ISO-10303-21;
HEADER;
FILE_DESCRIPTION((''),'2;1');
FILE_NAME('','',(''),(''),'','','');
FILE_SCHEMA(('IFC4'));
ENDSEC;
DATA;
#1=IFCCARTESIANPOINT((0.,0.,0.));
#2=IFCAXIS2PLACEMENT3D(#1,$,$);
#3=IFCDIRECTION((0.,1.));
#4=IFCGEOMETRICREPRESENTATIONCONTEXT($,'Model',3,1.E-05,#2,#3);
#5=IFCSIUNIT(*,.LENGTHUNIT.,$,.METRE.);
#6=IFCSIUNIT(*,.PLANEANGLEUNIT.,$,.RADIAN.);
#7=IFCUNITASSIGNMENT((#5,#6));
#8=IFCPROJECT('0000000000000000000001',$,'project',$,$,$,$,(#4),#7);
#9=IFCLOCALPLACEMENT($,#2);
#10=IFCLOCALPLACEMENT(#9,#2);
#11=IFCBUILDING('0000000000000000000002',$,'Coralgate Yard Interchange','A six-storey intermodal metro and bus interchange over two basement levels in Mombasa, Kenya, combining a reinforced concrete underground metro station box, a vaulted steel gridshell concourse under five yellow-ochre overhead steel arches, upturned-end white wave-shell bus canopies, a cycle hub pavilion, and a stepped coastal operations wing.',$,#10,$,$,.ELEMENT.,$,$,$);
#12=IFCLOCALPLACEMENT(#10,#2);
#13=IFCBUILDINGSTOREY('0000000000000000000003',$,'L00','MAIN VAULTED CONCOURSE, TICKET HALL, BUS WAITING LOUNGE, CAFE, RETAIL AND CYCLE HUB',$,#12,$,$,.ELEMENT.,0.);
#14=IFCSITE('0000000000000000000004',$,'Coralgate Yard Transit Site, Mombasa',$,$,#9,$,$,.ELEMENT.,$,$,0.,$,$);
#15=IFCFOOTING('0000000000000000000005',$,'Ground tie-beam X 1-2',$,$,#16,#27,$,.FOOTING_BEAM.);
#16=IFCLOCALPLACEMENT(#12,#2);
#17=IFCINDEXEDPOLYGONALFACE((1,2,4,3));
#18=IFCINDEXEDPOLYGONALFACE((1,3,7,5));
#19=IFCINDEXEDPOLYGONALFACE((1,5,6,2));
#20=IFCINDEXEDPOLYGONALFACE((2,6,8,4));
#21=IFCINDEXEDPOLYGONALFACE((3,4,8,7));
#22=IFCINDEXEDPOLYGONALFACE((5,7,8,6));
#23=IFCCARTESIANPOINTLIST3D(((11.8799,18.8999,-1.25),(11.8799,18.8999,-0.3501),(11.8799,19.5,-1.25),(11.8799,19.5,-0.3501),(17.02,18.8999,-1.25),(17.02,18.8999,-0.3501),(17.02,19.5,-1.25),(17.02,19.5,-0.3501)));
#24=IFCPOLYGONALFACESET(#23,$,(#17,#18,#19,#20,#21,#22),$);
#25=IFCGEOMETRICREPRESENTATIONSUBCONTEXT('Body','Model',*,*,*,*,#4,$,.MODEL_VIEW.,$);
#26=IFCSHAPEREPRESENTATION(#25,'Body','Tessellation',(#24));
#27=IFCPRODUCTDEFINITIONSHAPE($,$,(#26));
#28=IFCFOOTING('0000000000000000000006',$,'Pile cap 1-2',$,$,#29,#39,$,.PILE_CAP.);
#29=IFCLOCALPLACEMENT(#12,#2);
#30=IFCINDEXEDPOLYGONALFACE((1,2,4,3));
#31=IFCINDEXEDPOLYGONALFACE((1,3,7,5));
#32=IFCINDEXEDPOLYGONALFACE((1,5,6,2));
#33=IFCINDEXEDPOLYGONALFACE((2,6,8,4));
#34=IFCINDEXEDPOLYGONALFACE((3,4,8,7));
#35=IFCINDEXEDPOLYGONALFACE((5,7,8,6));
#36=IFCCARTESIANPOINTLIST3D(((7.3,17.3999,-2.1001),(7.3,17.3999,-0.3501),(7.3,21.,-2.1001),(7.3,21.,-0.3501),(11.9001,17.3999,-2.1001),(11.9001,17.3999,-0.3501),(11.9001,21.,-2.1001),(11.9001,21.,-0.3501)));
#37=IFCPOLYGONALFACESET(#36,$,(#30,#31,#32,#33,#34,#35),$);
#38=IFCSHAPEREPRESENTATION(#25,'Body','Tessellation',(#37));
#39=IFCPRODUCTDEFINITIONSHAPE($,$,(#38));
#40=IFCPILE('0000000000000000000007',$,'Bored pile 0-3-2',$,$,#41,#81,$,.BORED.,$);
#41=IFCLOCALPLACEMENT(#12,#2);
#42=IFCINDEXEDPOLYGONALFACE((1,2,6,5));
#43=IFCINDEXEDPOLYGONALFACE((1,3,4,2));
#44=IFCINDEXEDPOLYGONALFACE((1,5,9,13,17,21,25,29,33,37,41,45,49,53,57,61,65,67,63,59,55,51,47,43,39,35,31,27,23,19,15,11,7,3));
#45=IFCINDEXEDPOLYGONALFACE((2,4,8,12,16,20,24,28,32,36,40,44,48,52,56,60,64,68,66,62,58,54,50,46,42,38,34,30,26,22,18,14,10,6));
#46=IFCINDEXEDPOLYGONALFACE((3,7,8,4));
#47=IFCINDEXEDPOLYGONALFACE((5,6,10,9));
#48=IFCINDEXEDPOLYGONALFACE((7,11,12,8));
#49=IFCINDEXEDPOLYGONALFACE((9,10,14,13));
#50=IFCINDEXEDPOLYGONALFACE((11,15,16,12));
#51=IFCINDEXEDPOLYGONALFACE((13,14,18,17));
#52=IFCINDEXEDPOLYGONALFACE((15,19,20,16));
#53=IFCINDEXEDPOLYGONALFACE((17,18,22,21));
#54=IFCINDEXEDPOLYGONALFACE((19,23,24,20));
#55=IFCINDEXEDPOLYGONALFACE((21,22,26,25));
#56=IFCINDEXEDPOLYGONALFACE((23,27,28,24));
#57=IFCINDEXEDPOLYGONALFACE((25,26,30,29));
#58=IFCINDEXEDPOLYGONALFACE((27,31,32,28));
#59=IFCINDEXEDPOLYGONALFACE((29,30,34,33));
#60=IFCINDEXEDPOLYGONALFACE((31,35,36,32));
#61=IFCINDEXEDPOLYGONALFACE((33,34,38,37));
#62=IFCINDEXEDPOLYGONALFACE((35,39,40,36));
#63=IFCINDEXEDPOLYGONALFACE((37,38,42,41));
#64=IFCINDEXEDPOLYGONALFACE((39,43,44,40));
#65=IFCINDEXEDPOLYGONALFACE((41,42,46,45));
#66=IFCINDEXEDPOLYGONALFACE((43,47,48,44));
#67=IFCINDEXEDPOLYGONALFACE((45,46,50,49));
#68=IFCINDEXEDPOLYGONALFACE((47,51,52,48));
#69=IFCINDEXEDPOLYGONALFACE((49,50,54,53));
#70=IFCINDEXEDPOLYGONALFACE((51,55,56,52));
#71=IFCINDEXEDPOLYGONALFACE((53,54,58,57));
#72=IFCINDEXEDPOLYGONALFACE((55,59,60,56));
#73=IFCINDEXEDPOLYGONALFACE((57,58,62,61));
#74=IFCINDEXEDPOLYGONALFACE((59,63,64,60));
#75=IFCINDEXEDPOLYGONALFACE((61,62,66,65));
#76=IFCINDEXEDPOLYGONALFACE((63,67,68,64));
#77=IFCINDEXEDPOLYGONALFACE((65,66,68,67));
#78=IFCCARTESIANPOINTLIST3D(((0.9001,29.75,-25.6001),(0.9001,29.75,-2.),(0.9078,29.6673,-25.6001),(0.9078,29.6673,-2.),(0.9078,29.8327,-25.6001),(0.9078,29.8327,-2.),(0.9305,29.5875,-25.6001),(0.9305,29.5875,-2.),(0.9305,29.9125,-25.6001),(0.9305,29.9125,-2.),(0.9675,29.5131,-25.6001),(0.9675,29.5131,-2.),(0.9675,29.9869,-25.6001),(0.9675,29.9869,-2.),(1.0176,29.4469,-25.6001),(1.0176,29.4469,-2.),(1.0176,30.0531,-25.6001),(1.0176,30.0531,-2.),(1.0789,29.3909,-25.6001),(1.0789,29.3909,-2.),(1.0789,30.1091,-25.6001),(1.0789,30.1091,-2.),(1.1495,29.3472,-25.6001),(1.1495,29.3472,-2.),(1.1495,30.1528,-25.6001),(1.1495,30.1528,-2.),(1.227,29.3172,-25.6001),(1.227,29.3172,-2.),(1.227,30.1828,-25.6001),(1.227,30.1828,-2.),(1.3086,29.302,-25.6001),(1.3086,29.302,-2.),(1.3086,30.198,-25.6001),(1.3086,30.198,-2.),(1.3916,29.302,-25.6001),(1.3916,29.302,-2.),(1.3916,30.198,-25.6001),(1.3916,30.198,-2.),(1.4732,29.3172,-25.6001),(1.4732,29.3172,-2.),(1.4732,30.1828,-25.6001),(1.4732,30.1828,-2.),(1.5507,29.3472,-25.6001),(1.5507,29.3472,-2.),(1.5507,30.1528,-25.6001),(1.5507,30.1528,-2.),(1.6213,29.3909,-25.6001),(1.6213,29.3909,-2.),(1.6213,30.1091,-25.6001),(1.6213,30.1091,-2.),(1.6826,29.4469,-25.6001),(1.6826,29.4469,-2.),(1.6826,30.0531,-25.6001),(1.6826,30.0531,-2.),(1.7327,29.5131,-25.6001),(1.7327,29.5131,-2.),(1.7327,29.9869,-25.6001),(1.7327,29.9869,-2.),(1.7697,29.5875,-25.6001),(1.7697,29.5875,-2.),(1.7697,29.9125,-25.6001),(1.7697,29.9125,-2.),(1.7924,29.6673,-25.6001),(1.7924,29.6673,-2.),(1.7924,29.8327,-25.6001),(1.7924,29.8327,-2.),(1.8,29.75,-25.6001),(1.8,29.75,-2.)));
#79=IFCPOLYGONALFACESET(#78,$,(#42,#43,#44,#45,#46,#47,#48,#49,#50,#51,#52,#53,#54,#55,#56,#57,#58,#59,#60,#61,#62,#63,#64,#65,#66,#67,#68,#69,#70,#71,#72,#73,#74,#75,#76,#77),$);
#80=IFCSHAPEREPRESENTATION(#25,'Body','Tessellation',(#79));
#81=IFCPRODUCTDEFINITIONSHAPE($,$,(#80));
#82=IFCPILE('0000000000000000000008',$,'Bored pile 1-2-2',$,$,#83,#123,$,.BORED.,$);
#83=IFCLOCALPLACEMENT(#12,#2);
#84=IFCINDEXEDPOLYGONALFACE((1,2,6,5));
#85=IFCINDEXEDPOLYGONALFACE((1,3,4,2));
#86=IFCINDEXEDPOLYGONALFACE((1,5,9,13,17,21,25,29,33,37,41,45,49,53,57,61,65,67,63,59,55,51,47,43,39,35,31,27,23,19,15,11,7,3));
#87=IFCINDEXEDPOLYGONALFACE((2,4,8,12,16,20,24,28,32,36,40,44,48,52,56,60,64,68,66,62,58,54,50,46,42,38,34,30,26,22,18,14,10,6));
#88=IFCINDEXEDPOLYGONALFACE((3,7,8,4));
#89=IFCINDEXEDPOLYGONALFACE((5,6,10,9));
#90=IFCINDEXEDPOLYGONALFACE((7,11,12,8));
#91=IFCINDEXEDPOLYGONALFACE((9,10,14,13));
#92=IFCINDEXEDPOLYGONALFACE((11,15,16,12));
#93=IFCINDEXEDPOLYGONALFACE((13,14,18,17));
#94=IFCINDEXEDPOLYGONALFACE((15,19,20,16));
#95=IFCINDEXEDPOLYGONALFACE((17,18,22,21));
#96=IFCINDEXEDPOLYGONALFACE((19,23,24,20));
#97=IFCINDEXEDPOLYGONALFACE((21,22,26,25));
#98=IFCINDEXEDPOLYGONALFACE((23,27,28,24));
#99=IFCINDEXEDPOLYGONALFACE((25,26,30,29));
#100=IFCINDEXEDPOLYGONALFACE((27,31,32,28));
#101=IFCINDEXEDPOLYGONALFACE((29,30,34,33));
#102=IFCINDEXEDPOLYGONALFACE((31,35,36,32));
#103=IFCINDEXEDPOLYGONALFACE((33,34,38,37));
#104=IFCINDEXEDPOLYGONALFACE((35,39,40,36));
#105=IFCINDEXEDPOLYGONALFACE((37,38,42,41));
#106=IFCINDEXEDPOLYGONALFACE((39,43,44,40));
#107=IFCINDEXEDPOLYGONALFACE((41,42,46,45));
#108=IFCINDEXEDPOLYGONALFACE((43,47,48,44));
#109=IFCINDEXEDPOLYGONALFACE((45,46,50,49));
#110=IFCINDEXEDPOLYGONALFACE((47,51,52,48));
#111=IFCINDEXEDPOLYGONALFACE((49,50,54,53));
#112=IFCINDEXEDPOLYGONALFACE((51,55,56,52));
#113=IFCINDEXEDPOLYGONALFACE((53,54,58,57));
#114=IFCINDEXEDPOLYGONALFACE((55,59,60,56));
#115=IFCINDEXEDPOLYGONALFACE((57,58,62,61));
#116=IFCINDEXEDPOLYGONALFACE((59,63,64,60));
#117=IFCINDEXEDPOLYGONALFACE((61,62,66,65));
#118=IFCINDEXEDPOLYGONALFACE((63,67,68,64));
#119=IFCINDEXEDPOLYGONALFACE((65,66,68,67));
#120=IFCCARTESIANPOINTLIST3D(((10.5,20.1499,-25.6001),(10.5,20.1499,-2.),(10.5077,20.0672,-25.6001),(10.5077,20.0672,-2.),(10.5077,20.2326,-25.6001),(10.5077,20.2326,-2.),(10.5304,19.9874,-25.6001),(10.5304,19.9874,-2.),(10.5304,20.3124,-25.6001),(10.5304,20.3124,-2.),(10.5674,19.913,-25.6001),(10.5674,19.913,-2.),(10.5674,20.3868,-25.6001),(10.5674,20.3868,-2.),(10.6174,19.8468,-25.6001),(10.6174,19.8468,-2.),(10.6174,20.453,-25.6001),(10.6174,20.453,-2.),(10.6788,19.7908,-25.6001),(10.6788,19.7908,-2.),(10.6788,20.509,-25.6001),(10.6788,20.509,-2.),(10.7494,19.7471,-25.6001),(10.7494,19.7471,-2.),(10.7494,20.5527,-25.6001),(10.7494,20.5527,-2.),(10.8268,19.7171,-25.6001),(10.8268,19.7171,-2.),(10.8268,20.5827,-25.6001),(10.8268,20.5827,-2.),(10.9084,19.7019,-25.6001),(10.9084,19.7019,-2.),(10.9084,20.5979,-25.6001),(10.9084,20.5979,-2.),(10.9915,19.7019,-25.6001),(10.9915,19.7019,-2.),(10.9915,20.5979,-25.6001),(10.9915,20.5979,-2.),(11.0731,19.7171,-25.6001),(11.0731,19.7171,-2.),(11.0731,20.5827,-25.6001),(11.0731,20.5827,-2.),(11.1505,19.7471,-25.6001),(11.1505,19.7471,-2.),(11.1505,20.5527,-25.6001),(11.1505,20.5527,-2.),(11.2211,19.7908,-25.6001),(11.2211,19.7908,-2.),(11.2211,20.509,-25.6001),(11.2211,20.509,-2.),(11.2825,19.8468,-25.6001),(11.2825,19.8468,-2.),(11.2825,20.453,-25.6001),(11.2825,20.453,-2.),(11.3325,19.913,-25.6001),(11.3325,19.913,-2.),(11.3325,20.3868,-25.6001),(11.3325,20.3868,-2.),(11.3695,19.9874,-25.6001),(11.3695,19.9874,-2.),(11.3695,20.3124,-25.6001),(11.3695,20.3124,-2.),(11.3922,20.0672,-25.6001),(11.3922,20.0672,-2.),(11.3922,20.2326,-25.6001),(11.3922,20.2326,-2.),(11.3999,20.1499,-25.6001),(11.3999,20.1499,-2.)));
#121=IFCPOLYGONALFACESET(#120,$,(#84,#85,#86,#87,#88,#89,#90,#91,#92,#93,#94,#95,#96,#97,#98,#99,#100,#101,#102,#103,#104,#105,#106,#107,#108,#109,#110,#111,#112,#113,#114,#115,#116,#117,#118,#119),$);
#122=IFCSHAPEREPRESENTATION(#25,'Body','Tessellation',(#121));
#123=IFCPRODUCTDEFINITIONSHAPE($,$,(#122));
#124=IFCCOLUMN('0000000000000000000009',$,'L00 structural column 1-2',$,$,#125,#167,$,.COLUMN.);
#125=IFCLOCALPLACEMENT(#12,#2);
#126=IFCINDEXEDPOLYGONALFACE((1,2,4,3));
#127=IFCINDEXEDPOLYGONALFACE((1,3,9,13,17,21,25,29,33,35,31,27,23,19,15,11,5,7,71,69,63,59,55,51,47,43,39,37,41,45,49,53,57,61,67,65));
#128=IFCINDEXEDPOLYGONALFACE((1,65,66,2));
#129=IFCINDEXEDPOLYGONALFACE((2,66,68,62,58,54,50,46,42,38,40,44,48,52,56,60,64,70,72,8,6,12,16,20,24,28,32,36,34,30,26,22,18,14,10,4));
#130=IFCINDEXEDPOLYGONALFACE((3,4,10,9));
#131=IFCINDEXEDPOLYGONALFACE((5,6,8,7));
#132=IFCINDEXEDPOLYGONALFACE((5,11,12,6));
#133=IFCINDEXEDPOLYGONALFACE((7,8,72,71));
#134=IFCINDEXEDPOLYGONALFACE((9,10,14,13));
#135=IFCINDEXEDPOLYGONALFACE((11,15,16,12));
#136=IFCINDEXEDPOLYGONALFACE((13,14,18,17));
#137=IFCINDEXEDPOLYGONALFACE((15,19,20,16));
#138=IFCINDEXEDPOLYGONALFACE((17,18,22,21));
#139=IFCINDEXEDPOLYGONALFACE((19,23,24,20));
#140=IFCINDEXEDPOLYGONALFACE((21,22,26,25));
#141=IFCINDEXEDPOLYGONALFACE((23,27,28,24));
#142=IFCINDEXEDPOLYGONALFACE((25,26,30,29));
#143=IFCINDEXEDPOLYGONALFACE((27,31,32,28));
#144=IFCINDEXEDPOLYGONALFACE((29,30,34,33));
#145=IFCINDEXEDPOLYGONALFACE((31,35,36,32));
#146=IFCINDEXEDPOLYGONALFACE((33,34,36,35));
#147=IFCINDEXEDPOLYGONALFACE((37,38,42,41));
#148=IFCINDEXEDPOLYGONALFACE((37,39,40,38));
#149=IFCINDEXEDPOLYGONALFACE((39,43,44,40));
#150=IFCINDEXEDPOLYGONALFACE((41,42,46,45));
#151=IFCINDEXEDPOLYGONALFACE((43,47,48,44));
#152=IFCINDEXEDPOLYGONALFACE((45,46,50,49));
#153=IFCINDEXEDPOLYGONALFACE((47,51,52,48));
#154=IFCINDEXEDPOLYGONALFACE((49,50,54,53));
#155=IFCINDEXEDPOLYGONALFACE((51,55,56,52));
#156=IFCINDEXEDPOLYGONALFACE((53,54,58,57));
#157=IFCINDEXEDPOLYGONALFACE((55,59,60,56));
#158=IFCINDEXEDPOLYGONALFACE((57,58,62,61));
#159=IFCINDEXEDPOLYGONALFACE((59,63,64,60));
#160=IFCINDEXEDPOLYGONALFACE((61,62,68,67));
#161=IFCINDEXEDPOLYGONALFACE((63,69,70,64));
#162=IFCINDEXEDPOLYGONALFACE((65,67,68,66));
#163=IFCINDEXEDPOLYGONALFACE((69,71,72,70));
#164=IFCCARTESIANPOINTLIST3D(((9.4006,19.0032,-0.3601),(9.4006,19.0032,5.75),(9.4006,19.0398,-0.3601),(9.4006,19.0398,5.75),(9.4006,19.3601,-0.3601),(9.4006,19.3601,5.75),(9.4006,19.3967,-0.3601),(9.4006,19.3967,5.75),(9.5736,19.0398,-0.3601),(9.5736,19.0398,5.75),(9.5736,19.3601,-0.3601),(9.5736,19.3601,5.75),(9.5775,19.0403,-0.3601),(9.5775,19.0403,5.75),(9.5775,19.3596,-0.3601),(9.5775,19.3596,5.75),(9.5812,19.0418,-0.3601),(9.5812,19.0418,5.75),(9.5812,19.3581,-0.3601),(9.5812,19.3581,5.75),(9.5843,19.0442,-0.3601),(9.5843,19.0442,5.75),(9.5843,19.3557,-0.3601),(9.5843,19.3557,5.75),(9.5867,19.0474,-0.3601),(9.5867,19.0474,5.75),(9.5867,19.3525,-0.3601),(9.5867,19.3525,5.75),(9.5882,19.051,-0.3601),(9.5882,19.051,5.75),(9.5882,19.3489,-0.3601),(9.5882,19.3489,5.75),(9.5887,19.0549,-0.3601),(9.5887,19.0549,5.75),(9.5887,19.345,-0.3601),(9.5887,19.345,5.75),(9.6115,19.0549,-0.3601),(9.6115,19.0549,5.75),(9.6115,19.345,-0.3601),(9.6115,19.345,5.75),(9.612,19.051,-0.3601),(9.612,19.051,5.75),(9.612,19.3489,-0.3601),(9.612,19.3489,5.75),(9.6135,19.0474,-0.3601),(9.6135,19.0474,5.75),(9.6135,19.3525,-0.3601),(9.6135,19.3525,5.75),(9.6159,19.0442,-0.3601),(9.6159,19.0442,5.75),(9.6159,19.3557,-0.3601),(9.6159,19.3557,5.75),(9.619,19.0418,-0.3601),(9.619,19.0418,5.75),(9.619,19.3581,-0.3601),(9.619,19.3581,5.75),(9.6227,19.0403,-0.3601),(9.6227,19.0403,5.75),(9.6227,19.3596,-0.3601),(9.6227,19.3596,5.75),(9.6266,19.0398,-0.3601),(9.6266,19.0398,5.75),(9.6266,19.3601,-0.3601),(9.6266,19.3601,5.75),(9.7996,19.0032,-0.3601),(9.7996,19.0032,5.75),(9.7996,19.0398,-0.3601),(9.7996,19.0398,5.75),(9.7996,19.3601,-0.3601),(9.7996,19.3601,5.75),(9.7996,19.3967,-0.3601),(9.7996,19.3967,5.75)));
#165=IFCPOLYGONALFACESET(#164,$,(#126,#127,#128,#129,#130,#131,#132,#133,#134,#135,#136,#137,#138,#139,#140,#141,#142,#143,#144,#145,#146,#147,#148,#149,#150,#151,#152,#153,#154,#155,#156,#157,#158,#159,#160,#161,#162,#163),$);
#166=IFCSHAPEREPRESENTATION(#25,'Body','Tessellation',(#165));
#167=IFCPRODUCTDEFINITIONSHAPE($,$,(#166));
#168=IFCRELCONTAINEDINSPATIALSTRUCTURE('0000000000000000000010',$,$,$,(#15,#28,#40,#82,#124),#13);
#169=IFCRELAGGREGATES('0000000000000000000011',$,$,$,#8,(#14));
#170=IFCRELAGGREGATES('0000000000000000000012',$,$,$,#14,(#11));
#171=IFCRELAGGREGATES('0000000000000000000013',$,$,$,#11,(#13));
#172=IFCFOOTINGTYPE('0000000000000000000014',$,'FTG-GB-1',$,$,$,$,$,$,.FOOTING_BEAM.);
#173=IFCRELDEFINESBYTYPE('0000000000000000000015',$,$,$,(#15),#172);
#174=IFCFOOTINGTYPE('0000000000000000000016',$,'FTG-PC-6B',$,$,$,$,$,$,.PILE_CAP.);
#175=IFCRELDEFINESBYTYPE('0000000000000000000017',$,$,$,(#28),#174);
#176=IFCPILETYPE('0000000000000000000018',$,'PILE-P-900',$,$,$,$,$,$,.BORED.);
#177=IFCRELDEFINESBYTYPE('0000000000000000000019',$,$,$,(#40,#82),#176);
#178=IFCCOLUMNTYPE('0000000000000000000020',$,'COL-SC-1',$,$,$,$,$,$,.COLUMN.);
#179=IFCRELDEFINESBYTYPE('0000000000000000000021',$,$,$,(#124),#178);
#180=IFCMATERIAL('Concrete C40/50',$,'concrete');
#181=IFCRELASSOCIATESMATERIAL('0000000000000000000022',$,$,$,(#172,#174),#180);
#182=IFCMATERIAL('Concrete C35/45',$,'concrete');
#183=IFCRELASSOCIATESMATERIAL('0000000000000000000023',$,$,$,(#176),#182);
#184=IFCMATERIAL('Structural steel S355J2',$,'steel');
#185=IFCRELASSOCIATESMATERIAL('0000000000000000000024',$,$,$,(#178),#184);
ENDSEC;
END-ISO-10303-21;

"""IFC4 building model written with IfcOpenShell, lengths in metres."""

from ifc_helpers import new_model, si_unit, direction, frame, origin, origin_2d, place, context, subcontext, project, spatial, rectangle, circle, i_section, extrude, material, material_profile, profile_set, type_object, element, save


model = new_model("IFC4")

# Units and contexts
model_context = context("Model", 3, precision=1e-05, world=origin(), true_north=direction((0.0, 1.0)))
body_context = subcontext(model_context, "Body", "Model", "MODEL_VIEW")
ifc_project = project(units=[si_unit("LENGTHUNIT", "METRE"), si_unit("PLANEANGLEUNIT", "RADIAN")], contexts=[model_context])

# Site, building, storey
site_placement = place(None, origin())
site = spatial("IfcSite", under=ifc_project, at=site_placement, Name="Coralgate Yard Transit Site, Mombasa", CompositionType="ELEMENT", RefElevation=0.0)
building_placement = place(site_placement, origin())
building = spatial("IfcBuilding", under=site, at=building_placement, Name="Coralgate Yard Interchange", Description="A six-storey intermodal metro and bus interchange over two basement levels in Mombasa, Kenya, combining a reinforced concrete underground metro station box, a vaulted steel gridshell concourse under five yellow-ochre overhead steel arches, upturned-end white wave-shell bus canopies, a cycle hub pavilion, and a stepped coastal operations wing.", CompositionType="ELEMENT")
storey_placement = place(building_placement, origin())
storey = spatial("IfcBuildingStorey", under=building, at=storey_placement, Name="L00", Description="MAIN VAULTED CONCOURSE, TICKET HALL, BUS WAITING LOUNGE, CAFE, RETAIL AND CYCLE HUB", CompositionType="ELEMENT", Elevation=0.0)

# Footings
ifc_material_1 = material(Name="Concrete C40/50", Category="concrete")
ifc_material_profile_1 = material_profile(ifc_material_1, rectangle(XDim=0.6001, YDim=0.8999, at=origin_2d()), Name="RC 600x900")
ifc_profile_set_1 = profile_set([ifc_material_profile_1], Name="Concrete C40/50")
footing_type_1 = type_object("IfcFootingType", Name="FTG-GB-1", PredefinedType="FOOTING_BEAM", material=ifc_profile_set_1)
footing_1_placement = place(storey_placement, frame((11.8799, 19.2, -0.8), z_axis=(1.0, 0.0, 0.0), x_axis=(0.0, 1.0, 0.0)))
element("IfcFooting", 1, at=footing_1_placement, inside=storey, type_object=footing_type_1, Name="Ground tie-beam X 1-2", PredefinedType="FOOTING_BEAM", context=body_context, shape_type="SweptSolid", body=[
    extrude(rectangle(XDim=0.6001, YDim=0.8999, at=origin_2d()), origin(), (0.0, 0.0, 1.0), 5.1401),
])
footing_type_2 = type_object("IfcFootingType", Name="FTG-PC-6B", PredefinedType="PILE_CAP", material=ifc_material_1)
footing_2_placement = place(storey_placement, frame((9.6001, 19.2, -2.1001), z_axis=(0.0, 0.0, 1.0), x_axis=(1.0, 0.0, 0.0)))
element("IfcFooting", 2, at=footing_2_placement, inside=storey, type_object=footing_type_2, Name="Pile cap 1-2", PredefinedType="PILE_CAP", context=body_context, shape_type="SweptSolid", body=[
    extrude(rectangle(XDim=4.6001, YDim=3.6001, at=origin_2d()), origin(), (0.0, 0.0, 1.0), 1.75),
])

# Piles
ifc_material_2 = material(Name="Concrete C35/45", Category="concrete")
ifc_material_profile_2 = material_profile(ifc_material_2, circle(Radius=0.45, at=origin_2d()), Name="BORED PILE D900")
ifc_profile_set_2 = profile_set([ifc_material_profile_2], Name="Concrete C35/45")
pile_type = type_object("IfcPileType", Name="PILE-P-900", PredefinedType="BORED", material=ifc_profile_set_2)
for number, where, z_axis, x_axis, name in (
    (3, (1.3501, 29.75, -2.0), (0.0, 0.0, -1.0), (1.0, 0.0, 0.0), "Bored pile 0-3-2"),
    (4, (10.95, 20.1499, -2.0), (0.0, 0.0, -1.0), (1.0, 0.0, 0.0), "Bored pile 1-2-2"),
):
    element("IfcPile", number, at=place(storey_placement, frame(where, z_axis=z_axis, x_axis=x_axis)), inside=storey, type_object=pile_type, Name=name, PredefinedType="BORED", context=body_context, shape_type="SweptSolid", body=[
        extrude(circle(Radius=0.45, at=origin_2d()), origin(), (0.0, 0.0, 1.0), 23.6001),
    ])

# Column
ifc_material_3 = material(Name="Structural steel S355J2", Category="steel")
ifc_material_profile_3 = material_profile(ifc_material_3, i_section(OverallWidth=0.3989, OverallDepth=0.3936, WebThickness=0.0227, FlangeThickness=0.0366, FilletRadius=0.0151, at=origin_2d()), Name="UC 356x406x287")
ifc_profile_set_3 = profile_set([ifc_material_profile_3], Name="Structural steel S355J2")
column_type = type_object("IfcColumnType", Name="COL-SC-1", PredefinedType="COLUMN", material=ifc_profile_set_3)
column_1_placement = place(storey_placement, frame((9.6001, 19.2, -0.3601), z_axis=(0.0, 0.0, 1.0), x_axis=(1.0, 0.0, 0.0)))
element("IfcColumn", 5, at=column_1_placement, inside=storey, type_object=column_type, Name="L00 structural column 1-2", PredefinedType="COLUMN", context=body_context, shape_type="SweptSolid", body=[
    extrude(i_section(OverallWidth=0.3989, OverallDepth=0.3936, WebThickness=0.0227, FlangeThickness=0.0366, FilletRadius=0.0151, at=origin_2d()), origin(), (0.0, 0.0, 1.0), 6.1101),
])

save(model, "model.ifc")
